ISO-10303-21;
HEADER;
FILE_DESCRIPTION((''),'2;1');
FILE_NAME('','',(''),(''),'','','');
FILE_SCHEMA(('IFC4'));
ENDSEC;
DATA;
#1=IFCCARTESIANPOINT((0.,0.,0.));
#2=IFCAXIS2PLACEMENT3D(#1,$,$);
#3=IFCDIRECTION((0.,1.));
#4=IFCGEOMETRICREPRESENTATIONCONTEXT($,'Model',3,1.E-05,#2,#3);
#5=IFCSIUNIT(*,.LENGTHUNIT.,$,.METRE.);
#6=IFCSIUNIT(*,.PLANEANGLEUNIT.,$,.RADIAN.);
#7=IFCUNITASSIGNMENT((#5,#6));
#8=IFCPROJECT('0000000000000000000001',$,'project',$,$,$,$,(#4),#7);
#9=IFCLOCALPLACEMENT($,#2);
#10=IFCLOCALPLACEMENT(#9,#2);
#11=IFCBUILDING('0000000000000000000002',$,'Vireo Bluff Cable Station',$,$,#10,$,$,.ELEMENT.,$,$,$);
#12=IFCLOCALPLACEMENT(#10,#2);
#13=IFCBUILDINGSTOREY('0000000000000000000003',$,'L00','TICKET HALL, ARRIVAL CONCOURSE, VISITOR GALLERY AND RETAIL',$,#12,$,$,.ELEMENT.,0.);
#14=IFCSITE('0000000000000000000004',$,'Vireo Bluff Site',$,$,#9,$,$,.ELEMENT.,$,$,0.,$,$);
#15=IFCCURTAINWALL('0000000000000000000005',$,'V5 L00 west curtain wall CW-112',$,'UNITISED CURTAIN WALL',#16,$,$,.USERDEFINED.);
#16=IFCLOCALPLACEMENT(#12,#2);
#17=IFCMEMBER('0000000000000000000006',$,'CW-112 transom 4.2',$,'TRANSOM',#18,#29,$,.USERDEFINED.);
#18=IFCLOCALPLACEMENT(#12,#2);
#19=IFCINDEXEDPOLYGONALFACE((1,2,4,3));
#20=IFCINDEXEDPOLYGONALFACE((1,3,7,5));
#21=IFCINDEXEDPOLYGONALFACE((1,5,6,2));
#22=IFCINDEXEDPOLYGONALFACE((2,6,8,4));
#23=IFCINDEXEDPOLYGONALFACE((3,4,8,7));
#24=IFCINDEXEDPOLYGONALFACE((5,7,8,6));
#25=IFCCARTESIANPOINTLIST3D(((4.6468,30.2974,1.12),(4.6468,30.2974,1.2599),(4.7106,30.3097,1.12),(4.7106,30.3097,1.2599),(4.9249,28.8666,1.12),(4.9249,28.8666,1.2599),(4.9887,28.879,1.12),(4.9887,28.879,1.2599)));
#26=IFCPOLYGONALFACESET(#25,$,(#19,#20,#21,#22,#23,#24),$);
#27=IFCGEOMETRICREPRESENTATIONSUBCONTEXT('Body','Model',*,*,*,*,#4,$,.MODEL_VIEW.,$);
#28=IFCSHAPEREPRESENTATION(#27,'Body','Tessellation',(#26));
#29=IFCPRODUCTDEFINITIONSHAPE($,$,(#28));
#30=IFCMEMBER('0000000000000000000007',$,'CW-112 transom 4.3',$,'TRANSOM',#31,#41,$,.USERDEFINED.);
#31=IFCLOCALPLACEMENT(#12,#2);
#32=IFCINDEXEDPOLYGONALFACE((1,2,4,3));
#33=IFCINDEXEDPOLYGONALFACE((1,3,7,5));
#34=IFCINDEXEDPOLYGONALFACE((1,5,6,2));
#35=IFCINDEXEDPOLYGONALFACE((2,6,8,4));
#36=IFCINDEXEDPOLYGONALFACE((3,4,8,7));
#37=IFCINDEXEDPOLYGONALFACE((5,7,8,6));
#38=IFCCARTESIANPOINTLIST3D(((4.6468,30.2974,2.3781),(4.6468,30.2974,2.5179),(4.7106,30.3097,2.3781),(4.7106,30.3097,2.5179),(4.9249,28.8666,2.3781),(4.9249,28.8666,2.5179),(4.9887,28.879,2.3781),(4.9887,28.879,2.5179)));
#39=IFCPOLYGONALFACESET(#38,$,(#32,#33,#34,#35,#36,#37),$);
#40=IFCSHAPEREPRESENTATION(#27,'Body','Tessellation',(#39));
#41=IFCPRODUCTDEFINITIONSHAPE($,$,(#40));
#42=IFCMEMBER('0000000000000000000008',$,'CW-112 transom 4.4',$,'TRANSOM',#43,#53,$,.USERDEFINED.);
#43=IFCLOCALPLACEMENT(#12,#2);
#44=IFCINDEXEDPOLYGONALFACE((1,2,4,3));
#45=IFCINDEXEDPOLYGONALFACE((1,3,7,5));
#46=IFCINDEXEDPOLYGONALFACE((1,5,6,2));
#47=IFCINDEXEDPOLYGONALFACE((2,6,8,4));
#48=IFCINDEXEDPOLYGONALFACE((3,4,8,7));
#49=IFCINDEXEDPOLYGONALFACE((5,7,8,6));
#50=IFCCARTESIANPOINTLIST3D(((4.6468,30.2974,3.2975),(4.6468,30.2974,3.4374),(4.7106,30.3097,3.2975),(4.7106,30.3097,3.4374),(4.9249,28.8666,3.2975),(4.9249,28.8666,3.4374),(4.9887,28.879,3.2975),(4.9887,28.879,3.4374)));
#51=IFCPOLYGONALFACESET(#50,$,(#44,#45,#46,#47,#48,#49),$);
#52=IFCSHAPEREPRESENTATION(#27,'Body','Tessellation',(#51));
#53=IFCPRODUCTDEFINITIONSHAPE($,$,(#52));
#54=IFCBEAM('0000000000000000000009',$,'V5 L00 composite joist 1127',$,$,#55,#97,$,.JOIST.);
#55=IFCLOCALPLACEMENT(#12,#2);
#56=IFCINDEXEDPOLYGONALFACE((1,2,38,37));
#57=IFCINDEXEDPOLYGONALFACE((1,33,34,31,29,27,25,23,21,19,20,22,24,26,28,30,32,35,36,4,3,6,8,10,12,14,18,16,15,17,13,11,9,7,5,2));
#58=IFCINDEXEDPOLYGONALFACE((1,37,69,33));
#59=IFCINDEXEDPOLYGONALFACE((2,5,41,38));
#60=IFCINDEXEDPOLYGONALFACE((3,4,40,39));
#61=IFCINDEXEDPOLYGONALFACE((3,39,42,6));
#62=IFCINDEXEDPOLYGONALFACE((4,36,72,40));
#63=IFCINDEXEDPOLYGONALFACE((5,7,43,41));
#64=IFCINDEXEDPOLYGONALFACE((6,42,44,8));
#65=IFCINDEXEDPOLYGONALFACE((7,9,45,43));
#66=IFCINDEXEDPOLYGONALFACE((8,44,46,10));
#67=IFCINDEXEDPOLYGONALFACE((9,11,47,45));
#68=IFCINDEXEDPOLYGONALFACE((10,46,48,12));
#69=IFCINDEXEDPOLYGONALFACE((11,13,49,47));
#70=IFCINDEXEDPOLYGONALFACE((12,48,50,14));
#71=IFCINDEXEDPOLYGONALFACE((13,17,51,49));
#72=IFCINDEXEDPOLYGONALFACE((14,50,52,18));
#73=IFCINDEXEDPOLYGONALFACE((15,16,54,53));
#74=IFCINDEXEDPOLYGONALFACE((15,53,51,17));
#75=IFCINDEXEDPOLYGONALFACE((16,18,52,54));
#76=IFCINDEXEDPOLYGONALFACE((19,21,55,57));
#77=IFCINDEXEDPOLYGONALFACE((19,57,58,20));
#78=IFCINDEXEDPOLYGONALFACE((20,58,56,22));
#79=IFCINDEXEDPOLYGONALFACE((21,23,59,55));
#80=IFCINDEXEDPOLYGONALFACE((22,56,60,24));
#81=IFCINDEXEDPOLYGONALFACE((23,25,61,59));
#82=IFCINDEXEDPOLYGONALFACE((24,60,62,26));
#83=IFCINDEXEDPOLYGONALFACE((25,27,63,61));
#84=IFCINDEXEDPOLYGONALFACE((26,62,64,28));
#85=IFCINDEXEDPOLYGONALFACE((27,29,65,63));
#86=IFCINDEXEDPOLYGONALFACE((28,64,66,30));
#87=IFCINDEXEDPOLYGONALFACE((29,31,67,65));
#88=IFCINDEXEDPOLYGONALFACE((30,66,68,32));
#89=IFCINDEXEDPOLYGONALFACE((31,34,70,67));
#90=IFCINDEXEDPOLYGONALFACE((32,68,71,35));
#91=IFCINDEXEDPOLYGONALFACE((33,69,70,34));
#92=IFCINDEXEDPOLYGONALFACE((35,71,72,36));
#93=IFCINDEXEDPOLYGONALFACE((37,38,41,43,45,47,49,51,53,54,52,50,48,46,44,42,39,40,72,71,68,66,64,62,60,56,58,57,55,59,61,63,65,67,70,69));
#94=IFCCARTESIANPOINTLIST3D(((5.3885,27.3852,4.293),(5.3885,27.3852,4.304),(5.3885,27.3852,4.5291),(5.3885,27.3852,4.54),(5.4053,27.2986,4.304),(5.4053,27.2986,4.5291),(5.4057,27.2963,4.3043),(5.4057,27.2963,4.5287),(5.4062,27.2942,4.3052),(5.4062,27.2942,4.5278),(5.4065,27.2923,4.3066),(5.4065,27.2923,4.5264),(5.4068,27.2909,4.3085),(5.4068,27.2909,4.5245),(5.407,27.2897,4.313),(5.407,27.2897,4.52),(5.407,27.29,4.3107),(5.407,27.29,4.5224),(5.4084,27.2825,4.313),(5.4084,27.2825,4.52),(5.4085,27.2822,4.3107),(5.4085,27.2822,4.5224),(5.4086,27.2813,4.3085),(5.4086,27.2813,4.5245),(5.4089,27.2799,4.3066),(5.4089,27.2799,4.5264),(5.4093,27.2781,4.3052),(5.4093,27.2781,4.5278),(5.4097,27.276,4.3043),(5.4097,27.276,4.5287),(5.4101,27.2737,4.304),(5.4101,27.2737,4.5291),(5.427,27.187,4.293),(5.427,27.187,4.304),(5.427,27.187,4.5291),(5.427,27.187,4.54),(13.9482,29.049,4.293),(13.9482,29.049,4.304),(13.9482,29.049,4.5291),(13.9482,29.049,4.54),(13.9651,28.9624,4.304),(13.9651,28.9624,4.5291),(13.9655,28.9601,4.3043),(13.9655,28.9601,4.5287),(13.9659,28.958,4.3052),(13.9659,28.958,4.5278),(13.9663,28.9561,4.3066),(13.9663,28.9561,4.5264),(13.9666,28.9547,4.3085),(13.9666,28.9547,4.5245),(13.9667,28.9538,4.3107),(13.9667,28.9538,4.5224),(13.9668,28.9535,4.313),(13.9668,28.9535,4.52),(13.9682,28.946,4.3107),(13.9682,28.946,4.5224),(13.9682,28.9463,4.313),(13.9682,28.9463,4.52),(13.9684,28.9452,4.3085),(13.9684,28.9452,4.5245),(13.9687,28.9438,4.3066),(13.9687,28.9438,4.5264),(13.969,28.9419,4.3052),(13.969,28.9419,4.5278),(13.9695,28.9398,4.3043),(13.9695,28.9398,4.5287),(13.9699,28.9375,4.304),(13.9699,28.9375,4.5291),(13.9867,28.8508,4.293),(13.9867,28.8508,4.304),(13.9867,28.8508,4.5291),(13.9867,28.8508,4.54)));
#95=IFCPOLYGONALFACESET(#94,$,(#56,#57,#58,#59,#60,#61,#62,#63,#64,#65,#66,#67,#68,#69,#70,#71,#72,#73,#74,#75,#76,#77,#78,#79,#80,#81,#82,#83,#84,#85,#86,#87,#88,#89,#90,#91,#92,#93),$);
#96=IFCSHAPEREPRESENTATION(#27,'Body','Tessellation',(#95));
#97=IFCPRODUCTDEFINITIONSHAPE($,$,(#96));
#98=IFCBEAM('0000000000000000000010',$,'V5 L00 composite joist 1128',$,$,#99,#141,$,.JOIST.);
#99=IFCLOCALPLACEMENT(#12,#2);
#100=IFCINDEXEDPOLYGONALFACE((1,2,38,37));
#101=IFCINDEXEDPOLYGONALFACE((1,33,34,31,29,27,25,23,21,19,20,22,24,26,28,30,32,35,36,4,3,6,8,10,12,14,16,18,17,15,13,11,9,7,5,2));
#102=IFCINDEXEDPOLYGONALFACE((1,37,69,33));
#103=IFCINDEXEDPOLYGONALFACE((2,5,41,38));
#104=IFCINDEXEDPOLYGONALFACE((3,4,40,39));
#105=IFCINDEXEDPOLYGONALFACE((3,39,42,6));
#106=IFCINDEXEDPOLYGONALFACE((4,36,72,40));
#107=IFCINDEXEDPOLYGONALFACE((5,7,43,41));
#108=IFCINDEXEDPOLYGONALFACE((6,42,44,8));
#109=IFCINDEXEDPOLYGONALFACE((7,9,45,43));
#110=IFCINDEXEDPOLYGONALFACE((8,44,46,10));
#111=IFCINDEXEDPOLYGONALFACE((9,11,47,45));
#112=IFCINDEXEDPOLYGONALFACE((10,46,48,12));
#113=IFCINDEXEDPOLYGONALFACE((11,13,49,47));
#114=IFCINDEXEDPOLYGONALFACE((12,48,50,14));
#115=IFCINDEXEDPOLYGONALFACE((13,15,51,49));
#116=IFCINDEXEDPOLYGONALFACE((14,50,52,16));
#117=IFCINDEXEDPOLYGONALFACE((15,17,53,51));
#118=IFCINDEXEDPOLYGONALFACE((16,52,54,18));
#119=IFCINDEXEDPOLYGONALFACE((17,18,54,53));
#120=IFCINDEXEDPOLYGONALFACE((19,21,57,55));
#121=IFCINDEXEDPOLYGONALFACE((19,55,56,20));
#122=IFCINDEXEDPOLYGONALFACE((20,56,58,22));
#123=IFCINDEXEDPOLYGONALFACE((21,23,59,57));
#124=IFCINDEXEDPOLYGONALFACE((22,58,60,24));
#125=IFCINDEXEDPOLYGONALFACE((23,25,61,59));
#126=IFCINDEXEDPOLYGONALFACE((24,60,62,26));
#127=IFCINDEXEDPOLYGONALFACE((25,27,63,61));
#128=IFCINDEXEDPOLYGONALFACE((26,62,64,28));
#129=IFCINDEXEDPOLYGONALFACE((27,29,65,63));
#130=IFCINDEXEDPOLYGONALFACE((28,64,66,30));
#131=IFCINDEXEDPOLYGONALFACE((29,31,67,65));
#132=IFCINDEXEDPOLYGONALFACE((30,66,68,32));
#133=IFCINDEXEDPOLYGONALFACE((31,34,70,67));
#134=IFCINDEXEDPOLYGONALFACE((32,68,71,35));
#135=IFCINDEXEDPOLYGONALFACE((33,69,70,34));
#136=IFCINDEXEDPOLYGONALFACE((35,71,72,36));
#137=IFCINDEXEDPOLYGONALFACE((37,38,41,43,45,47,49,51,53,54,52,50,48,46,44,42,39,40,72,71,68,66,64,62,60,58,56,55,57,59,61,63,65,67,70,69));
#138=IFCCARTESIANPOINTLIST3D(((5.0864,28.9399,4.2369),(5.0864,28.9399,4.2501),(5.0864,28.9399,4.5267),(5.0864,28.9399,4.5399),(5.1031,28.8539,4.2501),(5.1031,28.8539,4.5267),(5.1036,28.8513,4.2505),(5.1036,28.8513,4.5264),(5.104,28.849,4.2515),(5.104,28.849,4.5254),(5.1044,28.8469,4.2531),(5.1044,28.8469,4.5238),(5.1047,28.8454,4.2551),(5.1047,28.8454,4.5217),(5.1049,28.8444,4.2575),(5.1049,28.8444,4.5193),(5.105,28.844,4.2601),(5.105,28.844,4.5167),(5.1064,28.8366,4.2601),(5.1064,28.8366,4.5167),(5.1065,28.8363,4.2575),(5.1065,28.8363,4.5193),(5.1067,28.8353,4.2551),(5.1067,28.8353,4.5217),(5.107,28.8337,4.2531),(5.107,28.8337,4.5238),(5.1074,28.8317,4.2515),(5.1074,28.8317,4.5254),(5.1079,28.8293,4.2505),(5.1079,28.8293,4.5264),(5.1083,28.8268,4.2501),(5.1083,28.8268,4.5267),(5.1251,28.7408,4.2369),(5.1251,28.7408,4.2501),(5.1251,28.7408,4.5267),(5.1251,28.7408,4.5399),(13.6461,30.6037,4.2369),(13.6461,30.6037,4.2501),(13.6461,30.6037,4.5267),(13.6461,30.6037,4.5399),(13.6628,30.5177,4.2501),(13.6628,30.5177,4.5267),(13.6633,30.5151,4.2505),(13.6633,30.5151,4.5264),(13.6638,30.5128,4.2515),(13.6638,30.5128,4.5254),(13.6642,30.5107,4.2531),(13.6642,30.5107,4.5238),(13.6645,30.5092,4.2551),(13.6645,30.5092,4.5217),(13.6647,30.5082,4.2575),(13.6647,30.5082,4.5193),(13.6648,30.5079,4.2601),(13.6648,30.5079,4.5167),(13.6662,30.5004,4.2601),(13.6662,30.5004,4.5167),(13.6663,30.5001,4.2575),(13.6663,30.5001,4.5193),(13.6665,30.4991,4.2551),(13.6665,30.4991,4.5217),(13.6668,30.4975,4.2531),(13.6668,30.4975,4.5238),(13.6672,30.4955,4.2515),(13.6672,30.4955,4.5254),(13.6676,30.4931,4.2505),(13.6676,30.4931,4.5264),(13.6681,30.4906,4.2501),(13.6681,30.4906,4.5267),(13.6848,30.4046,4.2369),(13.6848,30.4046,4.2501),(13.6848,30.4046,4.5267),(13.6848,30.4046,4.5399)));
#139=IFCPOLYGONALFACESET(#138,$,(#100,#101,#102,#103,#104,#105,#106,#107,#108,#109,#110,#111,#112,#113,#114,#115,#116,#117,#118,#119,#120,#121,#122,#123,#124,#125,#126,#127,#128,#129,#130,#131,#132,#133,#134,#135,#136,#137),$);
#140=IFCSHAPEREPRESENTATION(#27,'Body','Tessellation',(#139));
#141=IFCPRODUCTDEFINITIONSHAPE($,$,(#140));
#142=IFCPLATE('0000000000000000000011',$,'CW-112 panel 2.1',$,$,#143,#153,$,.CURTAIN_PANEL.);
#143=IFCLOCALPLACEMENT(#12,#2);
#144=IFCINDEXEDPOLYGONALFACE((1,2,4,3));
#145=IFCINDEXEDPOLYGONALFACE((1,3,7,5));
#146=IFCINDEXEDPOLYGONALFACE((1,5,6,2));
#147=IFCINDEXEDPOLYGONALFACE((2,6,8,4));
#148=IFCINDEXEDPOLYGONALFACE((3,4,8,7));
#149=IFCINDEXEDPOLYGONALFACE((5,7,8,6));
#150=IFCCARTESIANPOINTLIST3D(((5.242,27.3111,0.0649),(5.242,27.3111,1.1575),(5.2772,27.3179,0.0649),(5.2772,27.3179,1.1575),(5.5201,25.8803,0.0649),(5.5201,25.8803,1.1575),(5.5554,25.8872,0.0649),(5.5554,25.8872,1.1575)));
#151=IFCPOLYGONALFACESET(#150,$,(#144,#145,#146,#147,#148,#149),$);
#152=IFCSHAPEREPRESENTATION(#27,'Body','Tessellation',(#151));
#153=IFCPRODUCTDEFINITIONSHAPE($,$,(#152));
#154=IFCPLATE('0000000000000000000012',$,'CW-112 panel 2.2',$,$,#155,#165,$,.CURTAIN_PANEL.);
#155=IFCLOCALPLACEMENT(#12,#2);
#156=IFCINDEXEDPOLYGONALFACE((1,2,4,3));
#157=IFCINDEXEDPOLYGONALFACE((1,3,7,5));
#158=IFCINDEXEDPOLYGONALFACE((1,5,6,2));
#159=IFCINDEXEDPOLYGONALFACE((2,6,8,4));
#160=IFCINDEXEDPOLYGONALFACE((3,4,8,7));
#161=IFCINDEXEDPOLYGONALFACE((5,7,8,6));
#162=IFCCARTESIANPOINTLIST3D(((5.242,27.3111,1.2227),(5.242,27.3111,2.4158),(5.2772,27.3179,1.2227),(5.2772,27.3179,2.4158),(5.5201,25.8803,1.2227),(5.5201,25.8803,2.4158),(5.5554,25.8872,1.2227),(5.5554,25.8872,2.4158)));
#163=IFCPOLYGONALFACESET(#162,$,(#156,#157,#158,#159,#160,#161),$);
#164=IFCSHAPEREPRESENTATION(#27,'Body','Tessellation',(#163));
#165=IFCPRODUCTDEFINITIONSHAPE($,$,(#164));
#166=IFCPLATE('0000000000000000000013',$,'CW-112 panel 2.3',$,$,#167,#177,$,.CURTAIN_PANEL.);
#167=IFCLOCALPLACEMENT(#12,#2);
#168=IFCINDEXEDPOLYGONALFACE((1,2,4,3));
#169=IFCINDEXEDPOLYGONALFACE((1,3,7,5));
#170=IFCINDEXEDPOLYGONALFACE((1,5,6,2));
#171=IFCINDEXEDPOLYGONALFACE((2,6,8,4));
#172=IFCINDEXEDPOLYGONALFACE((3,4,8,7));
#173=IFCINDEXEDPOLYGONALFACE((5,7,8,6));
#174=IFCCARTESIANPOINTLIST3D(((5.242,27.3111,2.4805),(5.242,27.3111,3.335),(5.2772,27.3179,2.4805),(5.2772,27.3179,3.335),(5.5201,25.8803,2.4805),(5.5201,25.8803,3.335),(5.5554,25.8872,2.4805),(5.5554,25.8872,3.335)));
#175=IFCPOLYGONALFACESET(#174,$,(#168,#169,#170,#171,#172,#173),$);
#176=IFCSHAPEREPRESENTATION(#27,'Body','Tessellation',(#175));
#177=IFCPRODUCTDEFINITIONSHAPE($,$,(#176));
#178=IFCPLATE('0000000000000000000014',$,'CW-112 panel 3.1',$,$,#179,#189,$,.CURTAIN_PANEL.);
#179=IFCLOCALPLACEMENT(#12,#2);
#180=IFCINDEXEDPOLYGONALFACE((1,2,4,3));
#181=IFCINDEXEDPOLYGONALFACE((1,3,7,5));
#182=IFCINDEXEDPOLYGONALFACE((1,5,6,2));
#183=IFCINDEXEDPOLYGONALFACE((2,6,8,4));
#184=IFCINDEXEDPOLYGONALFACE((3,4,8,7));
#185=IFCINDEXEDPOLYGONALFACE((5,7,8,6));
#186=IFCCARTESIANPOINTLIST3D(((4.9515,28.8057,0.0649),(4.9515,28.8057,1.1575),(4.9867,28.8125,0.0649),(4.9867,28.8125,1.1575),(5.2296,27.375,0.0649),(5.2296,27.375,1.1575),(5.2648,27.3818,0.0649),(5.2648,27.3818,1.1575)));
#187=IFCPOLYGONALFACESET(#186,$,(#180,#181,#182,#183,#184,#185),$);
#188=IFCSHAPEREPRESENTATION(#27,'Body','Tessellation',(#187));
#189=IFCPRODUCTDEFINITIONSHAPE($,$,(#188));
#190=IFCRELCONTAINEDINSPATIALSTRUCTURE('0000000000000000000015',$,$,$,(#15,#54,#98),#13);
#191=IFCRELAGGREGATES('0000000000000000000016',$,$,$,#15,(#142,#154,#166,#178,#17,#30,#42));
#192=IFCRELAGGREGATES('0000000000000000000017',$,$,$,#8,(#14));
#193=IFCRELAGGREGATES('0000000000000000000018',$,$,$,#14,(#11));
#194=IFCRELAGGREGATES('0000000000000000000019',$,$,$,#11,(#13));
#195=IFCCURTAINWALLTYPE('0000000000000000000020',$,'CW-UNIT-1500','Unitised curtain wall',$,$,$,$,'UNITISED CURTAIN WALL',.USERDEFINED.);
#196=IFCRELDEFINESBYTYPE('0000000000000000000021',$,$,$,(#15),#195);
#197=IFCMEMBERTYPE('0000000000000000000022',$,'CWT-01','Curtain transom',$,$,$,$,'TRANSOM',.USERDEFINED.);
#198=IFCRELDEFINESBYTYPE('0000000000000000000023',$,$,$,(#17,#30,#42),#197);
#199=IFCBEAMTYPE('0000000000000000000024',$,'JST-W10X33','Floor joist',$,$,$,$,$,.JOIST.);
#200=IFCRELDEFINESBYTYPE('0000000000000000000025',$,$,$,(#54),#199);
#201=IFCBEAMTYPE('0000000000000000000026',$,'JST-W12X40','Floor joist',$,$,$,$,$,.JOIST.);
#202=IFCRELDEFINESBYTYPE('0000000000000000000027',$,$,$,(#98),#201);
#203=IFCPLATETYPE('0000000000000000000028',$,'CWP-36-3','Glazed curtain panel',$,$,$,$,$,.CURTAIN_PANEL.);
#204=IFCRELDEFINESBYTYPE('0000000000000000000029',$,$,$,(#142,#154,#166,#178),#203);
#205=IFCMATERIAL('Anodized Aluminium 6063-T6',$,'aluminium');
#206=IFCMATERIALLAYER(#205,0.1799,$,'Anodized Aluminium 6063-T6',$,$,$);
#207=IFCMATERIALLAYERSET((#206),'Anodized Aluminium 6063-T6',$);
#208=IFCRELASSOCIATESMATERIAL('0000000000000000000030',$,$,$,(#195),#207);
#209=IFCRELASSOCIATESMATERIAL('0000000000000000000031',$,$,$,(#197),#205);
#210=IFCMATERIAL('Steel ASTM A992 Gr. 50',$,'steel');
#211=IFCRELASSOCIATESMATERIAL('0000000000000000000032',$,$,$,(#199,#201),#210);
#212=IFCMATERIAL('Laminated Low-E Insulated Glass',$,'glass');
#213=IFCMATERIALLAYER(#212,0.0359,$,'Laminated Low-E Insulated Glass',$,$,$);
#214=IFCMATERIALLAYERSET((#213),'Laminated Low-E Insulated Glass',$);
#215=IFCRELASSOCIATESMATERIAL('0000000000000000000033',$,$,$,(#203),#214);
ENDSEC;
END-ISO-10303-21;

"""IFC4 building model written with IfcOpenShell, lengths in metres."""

from ifc_helpers import new_model, si_unit, direction, frame, origin, origin_2d, place, context, subcontext, project, spatial, rectangle, i_section, extrude, material, layer, layer_set, material_profile, profile_set, type_object, element, aggregate, save


model = new_model("IFC4")

# Units and contexts
model_context = context("Model", 3, precision=1e-05, world=origin(), true_north=direction((0.0, 1.0)))
body_context = subcontext(model_context, "Body", "Model", "MODEL_VIEW")
ifc_project = project(units=[si_unit("LENGTHUNIT", "METRE"), si_unit("PLANEANGLEUNIT", "RADIAN")], contexts=[model_context])

# Site, building, storey
site_placement = place(None, origin())
site = spatial("IfcSite", under=ifc_project, at=site_placement, Name="Vireo Bluff Site", CompositionType="ELEMENT", RefElevation=0.0)
building_placement = place(site_placement, origin())
building = spatial("IfcBuilding", under=site, at=building_placement, Name="Vireo Bluff Cable Station", CompositionType="ELEMENT")
storey_placement = place(building_placement, origin())
storey = spatial("IfcBuildingStorey", under=building, at=storey_placement, Name="L00", Description="TICKET HALL, ARRIVAL CONCOURSE, VISITOR GALLERY AND RETAIL", CompositionType="ELEMENT", Elevation=0.0)

# Curtain wall, members
ifc_material_1 = material(Name="Anodized Aluminium 6063-T6", Category="aluminium")
ifc_layer_1 = layer(ifc_material_1, 0.1799, Name="Anodized Aluminium 6063-T6")
ifc_layer_set_1 = layer_set([ifc_layer_1], Name="Anodized Aluminium 6063-T6")
curtain_wall_type = type_object("IfcCurtainWallType", Name="CW-UNIT-1500", Description="Unitised curtain wall", ElementType="UNITISED CURTAIN WALL", PredefinedType="USERDEFINED", material=ifc_layer_set_1)
curtain_wall_placement = place(storey_placement, origin())
curtain_wall = element("IfcCurtainWall", 1, at=curtain_wall_placement, inside=storey, type_object=curtain_wall_type, Name="V5 L00 west curtain wall CW-112", ObjectType="UNITISED CURTAIN WALL", PredefinedType="USERDEFINED")
ifc_material_profile_1 = material_profile(ifc_material_1, rectangle(XDim=0.0649, YDim=0.1399, at=origin_2d()), Name="ALU-T-65X140")
ifc_profile_set_1 = profile_set([ifc_material_profile_1], Name="Anodized Aluminium 6063-T6")
member_type_1 = type_object("IfcMemberType", Name="CWT-01", Description="Curtain transom", ElementType="TRANSOM", PredefinedType="USERDEFINED", material=ifc_profile_set_1)
member_1_placement = place(storey_placement, frame((4.9568, 28.8728, 1.1899), z_axis=(-0.190798, 0.981629, 0.0), x_axis=(-0.981629, -0.190798, 0.0)))
member_1 = element("IfcMember", 2, at=member_1_placement, type_object=member_type_1, Name="CW-112 transom 4.2", ObjectType="TRANSOM", PredefinedType="USERDEFINED", context=body_context, shape_type="SweptSolid", body=[
    extrude(rectangle(XDim=0.0649, YDim=0.1399, at=origin_2d()), origin(), (0.0, 0.0, 1.0), 1.4575),
])
member_2_placement = place(storey_placement, frame((4.9568, 28.8728, 2.448), z_axis=(-0.190798, 0.981629, 0.0), x_axis=(-0.981629, -0.190798, 0.0)))
member_2 = element("IfcMember", 3, at=member_2_placement, type_object=member_type_1, Name="CW-112 transom 4.3", ObjectType="TRANSOM", PredefinedType="USERDEFINED", context=body_context, shape_type="SweptSolid", body=[
    extrude(rectangle(XDim=0.0649, YDim=0.1399, at=origin_2d()), origin(), (0.0, 0.0, 1.0), 1.4575),
])
member_3_placement = place(storey_placement, frame((4.9568, 28.8728, 3.3674), z_axis=(-0.190798, 0.981629, 0.0), x_axis=(-0.981629, -0.190798, 0.0)))
member_3 = element("IfcMember", 4, at=member_3_placement, type_object=member_type_1, Name="CW-112 transom 4.4", ObjectType="TRANSOM", PredefinedType="USERDEFINED", context=body_context, shape_type="SweptSolid", body=[
    extrude(rectangle(XDim=0.0649, YDim=0.1399, at=origin_2d()), origin(), (0.0, 0.0, 1.0), 1.4575),
])

# Beams
ifc_material_2 = material(Name="Steel ASTM A992 Gr. 50", Category="steel")
ifc_material_profile_2 = material_profile(ifc_material_2, i_section(OverallWidth=0.2019, OverallDepth=0.2471, WebThickness=0.0073, FlangeThickness=0.011, FilletRadius=0.009, at=origin_2d()), Name="W10X33")
ifc_profile_set_2 = profile_set([ifc_material_profile_2], Name="Steel ASTM A992 Gr. 50")
beam_type_1 = type_object("IfcBeamType", Name="JST-W10X33", Description="Floor joist", PredefinedType="JOIST", material=ifc_profile_set_2)
beam_1_placement = place(storey_placement, frame((5.4077, 27.2861, 4.4165), z_axis=(0.981628, 0.190804, 0.0), x_axis=(-0.190804, 0.981628, 0.0)))
element("IfcBeam", 5, at=beam_1_placement, inside=storey, type_object=beam_type_1, Name="V5 L00 composite joist 1127", PredefinedType="JOIST", context=body_context, shape_type="SweptSolid", body=[
    extrude(i_section(OverallWidth=0.2019, OverallDepth=0.2471, WebThickness=0.0073, FlangeThickness=0.011, FilletRadius=0.009, at=origin_2d()), origin(), (0.0, 0.0, 1.0), 8.72),
])
ifc_material_profile_3 = material_profile(ifc_material_2, i_section(OverallWidth=0.2029, OverallDepth=0.303, WebThickness=0.0076, FlangeThickness=0.0132, FilletRadius=0.01, at=origin_2d()), Name="W12X40")
ifc_profile_set_3 = profile_set([ifc_material_profile_3], Name="Steel ASTM A992 Gr. 50")
beam_type_2 = type_object("IfcBeamType", Name="JST-W12X40", Description="Floor joist", PredefinedType="JOIST", material=ifc_profile_set_3)
beam_2_placement = place(storey_placement, frame((5.1057, 28.8403, 4.3884), z_axis=(0.981628, 0.190804, 0.0), x_axis=(-0.190804, 0.981628, 0.0)))
element("IfcBeam", 6, at=beam_2_placement, inside=storey, type_object=beam_type_2, Name="V5 L00 composite joist 1128", PredefinedType="JOIST", context=body_context, shape_type="SweptSolid", body=[
    extrude(i_section(OverallWidth=0.2029, OverallDepth=0.303, WebThickness=0.0076, FlangeThickness=0.0132, FilletRadius=0.01, at=origin_2d()), origin(), (0.0, 0.0, 1.0), 8.72),
])

# Plates
ifc_material_3 = material(Name="Laminated Low-E Insulated Glass", Category="glass")
ifc_layer_2 = layer(ifc_material_3, 0.0359, Name="Laminated Low-E Insulated Glass")
ifc_layer_set_2 = layer_set([ifc_layer_2], Name="Laminated Low-E Insulated Glass")
plate_type = type_object("IfcPlateType", Name="CWP-36-3", Description="Glazed curtain panel", PredefinedType="CURTAIN_PANEL", material=ifc_layer_set_2)
plate_1_placement = place(storey_placement, frame((5.3987, 26.5991, 0.0649), z_axis=(0.0, 0.0, 1.0), x_axis=(-0.190809, 0.981627, 0.0)))
plate_1 = element("IfcPlate", 7, at=plate_1_placement, type_object=plate_type, Name="CW-112 panel 2.1", PredefinedType="CURTAIN_PANEL", context=body_context, shape_type="SweptSolid", body=[
    extrude(rectangle(XDim=1.4575, YDim=0.0359, at=origin_2d()), origin(), (0.0, 0.0, 1.0), 1.0925),
])
plate_2_placement = place(storey_placement, frame((5.3987, 26.5991, 1.2227), z_axis=(0.0, 0.0, 1.0), x_axis=(-0.190809, 0.981627, 0.0)))
plate_2 = element("IfcPlate", 8, at=plate_2_placement, type_object=plate_type, Name="CW-112 panel 2.2", PredefinedType="CURTAIN_PANEL", context=body_context, shape_type="SweptSolid", body=[
    extrude(rectangle(XDim=1.4575, YDim=0.0359, at=origin_2d()), origin(), (0.0, 0.0, 1.0), 1.1931),
])
plate_3_placement = place(storey_placement, frame((5.3987, 26.5991, 2.4805), z_axis=(0.0, 0.0, 1.0), x_axis=(-0.190809, 0.981627, 0.0)))
plate_3 = element("IfcPlate", 9, at=plate_3_placement, type_object=plate_type, Name="CW-112 panel 2.3", PredefinedType="CURTAIN_PANEL", context=body_context, shape_type="SweptSolid", body=[
    extrude(rectangle(XDim=1.4575, YDim=0.0359, at=origin_2d()), origin(), (0.0, 0.0, 1.0), 0.8545),
])
plate_4_placement = place(storey_placement, frame((5.1082, 28.0938, 0.0649), z_axis=(0.0, 0.0, 1.0), x_axis=(-0.190809, 0.981627, 0.0)))
plate_4 = element("IfcPlate", 10, at=plate_4_placement, type_object=plate_type, Name="CW-112 panel 3.1", PredefinedType="CURTAIN_PANEL", context=body_context, shape_type="SweptSolid", body=[
    extrude(rectangle(XDim=1.4575, YDim=0.0359, at=origin_2d()), origin(), (0.0, 0.0, 1.0), 1.0925),
])
aggregate(curtain_wall, [plate_1, plate_2, plate_3, plate_4, member_1, member_2, member_3])

save(model, "model.ifc")
